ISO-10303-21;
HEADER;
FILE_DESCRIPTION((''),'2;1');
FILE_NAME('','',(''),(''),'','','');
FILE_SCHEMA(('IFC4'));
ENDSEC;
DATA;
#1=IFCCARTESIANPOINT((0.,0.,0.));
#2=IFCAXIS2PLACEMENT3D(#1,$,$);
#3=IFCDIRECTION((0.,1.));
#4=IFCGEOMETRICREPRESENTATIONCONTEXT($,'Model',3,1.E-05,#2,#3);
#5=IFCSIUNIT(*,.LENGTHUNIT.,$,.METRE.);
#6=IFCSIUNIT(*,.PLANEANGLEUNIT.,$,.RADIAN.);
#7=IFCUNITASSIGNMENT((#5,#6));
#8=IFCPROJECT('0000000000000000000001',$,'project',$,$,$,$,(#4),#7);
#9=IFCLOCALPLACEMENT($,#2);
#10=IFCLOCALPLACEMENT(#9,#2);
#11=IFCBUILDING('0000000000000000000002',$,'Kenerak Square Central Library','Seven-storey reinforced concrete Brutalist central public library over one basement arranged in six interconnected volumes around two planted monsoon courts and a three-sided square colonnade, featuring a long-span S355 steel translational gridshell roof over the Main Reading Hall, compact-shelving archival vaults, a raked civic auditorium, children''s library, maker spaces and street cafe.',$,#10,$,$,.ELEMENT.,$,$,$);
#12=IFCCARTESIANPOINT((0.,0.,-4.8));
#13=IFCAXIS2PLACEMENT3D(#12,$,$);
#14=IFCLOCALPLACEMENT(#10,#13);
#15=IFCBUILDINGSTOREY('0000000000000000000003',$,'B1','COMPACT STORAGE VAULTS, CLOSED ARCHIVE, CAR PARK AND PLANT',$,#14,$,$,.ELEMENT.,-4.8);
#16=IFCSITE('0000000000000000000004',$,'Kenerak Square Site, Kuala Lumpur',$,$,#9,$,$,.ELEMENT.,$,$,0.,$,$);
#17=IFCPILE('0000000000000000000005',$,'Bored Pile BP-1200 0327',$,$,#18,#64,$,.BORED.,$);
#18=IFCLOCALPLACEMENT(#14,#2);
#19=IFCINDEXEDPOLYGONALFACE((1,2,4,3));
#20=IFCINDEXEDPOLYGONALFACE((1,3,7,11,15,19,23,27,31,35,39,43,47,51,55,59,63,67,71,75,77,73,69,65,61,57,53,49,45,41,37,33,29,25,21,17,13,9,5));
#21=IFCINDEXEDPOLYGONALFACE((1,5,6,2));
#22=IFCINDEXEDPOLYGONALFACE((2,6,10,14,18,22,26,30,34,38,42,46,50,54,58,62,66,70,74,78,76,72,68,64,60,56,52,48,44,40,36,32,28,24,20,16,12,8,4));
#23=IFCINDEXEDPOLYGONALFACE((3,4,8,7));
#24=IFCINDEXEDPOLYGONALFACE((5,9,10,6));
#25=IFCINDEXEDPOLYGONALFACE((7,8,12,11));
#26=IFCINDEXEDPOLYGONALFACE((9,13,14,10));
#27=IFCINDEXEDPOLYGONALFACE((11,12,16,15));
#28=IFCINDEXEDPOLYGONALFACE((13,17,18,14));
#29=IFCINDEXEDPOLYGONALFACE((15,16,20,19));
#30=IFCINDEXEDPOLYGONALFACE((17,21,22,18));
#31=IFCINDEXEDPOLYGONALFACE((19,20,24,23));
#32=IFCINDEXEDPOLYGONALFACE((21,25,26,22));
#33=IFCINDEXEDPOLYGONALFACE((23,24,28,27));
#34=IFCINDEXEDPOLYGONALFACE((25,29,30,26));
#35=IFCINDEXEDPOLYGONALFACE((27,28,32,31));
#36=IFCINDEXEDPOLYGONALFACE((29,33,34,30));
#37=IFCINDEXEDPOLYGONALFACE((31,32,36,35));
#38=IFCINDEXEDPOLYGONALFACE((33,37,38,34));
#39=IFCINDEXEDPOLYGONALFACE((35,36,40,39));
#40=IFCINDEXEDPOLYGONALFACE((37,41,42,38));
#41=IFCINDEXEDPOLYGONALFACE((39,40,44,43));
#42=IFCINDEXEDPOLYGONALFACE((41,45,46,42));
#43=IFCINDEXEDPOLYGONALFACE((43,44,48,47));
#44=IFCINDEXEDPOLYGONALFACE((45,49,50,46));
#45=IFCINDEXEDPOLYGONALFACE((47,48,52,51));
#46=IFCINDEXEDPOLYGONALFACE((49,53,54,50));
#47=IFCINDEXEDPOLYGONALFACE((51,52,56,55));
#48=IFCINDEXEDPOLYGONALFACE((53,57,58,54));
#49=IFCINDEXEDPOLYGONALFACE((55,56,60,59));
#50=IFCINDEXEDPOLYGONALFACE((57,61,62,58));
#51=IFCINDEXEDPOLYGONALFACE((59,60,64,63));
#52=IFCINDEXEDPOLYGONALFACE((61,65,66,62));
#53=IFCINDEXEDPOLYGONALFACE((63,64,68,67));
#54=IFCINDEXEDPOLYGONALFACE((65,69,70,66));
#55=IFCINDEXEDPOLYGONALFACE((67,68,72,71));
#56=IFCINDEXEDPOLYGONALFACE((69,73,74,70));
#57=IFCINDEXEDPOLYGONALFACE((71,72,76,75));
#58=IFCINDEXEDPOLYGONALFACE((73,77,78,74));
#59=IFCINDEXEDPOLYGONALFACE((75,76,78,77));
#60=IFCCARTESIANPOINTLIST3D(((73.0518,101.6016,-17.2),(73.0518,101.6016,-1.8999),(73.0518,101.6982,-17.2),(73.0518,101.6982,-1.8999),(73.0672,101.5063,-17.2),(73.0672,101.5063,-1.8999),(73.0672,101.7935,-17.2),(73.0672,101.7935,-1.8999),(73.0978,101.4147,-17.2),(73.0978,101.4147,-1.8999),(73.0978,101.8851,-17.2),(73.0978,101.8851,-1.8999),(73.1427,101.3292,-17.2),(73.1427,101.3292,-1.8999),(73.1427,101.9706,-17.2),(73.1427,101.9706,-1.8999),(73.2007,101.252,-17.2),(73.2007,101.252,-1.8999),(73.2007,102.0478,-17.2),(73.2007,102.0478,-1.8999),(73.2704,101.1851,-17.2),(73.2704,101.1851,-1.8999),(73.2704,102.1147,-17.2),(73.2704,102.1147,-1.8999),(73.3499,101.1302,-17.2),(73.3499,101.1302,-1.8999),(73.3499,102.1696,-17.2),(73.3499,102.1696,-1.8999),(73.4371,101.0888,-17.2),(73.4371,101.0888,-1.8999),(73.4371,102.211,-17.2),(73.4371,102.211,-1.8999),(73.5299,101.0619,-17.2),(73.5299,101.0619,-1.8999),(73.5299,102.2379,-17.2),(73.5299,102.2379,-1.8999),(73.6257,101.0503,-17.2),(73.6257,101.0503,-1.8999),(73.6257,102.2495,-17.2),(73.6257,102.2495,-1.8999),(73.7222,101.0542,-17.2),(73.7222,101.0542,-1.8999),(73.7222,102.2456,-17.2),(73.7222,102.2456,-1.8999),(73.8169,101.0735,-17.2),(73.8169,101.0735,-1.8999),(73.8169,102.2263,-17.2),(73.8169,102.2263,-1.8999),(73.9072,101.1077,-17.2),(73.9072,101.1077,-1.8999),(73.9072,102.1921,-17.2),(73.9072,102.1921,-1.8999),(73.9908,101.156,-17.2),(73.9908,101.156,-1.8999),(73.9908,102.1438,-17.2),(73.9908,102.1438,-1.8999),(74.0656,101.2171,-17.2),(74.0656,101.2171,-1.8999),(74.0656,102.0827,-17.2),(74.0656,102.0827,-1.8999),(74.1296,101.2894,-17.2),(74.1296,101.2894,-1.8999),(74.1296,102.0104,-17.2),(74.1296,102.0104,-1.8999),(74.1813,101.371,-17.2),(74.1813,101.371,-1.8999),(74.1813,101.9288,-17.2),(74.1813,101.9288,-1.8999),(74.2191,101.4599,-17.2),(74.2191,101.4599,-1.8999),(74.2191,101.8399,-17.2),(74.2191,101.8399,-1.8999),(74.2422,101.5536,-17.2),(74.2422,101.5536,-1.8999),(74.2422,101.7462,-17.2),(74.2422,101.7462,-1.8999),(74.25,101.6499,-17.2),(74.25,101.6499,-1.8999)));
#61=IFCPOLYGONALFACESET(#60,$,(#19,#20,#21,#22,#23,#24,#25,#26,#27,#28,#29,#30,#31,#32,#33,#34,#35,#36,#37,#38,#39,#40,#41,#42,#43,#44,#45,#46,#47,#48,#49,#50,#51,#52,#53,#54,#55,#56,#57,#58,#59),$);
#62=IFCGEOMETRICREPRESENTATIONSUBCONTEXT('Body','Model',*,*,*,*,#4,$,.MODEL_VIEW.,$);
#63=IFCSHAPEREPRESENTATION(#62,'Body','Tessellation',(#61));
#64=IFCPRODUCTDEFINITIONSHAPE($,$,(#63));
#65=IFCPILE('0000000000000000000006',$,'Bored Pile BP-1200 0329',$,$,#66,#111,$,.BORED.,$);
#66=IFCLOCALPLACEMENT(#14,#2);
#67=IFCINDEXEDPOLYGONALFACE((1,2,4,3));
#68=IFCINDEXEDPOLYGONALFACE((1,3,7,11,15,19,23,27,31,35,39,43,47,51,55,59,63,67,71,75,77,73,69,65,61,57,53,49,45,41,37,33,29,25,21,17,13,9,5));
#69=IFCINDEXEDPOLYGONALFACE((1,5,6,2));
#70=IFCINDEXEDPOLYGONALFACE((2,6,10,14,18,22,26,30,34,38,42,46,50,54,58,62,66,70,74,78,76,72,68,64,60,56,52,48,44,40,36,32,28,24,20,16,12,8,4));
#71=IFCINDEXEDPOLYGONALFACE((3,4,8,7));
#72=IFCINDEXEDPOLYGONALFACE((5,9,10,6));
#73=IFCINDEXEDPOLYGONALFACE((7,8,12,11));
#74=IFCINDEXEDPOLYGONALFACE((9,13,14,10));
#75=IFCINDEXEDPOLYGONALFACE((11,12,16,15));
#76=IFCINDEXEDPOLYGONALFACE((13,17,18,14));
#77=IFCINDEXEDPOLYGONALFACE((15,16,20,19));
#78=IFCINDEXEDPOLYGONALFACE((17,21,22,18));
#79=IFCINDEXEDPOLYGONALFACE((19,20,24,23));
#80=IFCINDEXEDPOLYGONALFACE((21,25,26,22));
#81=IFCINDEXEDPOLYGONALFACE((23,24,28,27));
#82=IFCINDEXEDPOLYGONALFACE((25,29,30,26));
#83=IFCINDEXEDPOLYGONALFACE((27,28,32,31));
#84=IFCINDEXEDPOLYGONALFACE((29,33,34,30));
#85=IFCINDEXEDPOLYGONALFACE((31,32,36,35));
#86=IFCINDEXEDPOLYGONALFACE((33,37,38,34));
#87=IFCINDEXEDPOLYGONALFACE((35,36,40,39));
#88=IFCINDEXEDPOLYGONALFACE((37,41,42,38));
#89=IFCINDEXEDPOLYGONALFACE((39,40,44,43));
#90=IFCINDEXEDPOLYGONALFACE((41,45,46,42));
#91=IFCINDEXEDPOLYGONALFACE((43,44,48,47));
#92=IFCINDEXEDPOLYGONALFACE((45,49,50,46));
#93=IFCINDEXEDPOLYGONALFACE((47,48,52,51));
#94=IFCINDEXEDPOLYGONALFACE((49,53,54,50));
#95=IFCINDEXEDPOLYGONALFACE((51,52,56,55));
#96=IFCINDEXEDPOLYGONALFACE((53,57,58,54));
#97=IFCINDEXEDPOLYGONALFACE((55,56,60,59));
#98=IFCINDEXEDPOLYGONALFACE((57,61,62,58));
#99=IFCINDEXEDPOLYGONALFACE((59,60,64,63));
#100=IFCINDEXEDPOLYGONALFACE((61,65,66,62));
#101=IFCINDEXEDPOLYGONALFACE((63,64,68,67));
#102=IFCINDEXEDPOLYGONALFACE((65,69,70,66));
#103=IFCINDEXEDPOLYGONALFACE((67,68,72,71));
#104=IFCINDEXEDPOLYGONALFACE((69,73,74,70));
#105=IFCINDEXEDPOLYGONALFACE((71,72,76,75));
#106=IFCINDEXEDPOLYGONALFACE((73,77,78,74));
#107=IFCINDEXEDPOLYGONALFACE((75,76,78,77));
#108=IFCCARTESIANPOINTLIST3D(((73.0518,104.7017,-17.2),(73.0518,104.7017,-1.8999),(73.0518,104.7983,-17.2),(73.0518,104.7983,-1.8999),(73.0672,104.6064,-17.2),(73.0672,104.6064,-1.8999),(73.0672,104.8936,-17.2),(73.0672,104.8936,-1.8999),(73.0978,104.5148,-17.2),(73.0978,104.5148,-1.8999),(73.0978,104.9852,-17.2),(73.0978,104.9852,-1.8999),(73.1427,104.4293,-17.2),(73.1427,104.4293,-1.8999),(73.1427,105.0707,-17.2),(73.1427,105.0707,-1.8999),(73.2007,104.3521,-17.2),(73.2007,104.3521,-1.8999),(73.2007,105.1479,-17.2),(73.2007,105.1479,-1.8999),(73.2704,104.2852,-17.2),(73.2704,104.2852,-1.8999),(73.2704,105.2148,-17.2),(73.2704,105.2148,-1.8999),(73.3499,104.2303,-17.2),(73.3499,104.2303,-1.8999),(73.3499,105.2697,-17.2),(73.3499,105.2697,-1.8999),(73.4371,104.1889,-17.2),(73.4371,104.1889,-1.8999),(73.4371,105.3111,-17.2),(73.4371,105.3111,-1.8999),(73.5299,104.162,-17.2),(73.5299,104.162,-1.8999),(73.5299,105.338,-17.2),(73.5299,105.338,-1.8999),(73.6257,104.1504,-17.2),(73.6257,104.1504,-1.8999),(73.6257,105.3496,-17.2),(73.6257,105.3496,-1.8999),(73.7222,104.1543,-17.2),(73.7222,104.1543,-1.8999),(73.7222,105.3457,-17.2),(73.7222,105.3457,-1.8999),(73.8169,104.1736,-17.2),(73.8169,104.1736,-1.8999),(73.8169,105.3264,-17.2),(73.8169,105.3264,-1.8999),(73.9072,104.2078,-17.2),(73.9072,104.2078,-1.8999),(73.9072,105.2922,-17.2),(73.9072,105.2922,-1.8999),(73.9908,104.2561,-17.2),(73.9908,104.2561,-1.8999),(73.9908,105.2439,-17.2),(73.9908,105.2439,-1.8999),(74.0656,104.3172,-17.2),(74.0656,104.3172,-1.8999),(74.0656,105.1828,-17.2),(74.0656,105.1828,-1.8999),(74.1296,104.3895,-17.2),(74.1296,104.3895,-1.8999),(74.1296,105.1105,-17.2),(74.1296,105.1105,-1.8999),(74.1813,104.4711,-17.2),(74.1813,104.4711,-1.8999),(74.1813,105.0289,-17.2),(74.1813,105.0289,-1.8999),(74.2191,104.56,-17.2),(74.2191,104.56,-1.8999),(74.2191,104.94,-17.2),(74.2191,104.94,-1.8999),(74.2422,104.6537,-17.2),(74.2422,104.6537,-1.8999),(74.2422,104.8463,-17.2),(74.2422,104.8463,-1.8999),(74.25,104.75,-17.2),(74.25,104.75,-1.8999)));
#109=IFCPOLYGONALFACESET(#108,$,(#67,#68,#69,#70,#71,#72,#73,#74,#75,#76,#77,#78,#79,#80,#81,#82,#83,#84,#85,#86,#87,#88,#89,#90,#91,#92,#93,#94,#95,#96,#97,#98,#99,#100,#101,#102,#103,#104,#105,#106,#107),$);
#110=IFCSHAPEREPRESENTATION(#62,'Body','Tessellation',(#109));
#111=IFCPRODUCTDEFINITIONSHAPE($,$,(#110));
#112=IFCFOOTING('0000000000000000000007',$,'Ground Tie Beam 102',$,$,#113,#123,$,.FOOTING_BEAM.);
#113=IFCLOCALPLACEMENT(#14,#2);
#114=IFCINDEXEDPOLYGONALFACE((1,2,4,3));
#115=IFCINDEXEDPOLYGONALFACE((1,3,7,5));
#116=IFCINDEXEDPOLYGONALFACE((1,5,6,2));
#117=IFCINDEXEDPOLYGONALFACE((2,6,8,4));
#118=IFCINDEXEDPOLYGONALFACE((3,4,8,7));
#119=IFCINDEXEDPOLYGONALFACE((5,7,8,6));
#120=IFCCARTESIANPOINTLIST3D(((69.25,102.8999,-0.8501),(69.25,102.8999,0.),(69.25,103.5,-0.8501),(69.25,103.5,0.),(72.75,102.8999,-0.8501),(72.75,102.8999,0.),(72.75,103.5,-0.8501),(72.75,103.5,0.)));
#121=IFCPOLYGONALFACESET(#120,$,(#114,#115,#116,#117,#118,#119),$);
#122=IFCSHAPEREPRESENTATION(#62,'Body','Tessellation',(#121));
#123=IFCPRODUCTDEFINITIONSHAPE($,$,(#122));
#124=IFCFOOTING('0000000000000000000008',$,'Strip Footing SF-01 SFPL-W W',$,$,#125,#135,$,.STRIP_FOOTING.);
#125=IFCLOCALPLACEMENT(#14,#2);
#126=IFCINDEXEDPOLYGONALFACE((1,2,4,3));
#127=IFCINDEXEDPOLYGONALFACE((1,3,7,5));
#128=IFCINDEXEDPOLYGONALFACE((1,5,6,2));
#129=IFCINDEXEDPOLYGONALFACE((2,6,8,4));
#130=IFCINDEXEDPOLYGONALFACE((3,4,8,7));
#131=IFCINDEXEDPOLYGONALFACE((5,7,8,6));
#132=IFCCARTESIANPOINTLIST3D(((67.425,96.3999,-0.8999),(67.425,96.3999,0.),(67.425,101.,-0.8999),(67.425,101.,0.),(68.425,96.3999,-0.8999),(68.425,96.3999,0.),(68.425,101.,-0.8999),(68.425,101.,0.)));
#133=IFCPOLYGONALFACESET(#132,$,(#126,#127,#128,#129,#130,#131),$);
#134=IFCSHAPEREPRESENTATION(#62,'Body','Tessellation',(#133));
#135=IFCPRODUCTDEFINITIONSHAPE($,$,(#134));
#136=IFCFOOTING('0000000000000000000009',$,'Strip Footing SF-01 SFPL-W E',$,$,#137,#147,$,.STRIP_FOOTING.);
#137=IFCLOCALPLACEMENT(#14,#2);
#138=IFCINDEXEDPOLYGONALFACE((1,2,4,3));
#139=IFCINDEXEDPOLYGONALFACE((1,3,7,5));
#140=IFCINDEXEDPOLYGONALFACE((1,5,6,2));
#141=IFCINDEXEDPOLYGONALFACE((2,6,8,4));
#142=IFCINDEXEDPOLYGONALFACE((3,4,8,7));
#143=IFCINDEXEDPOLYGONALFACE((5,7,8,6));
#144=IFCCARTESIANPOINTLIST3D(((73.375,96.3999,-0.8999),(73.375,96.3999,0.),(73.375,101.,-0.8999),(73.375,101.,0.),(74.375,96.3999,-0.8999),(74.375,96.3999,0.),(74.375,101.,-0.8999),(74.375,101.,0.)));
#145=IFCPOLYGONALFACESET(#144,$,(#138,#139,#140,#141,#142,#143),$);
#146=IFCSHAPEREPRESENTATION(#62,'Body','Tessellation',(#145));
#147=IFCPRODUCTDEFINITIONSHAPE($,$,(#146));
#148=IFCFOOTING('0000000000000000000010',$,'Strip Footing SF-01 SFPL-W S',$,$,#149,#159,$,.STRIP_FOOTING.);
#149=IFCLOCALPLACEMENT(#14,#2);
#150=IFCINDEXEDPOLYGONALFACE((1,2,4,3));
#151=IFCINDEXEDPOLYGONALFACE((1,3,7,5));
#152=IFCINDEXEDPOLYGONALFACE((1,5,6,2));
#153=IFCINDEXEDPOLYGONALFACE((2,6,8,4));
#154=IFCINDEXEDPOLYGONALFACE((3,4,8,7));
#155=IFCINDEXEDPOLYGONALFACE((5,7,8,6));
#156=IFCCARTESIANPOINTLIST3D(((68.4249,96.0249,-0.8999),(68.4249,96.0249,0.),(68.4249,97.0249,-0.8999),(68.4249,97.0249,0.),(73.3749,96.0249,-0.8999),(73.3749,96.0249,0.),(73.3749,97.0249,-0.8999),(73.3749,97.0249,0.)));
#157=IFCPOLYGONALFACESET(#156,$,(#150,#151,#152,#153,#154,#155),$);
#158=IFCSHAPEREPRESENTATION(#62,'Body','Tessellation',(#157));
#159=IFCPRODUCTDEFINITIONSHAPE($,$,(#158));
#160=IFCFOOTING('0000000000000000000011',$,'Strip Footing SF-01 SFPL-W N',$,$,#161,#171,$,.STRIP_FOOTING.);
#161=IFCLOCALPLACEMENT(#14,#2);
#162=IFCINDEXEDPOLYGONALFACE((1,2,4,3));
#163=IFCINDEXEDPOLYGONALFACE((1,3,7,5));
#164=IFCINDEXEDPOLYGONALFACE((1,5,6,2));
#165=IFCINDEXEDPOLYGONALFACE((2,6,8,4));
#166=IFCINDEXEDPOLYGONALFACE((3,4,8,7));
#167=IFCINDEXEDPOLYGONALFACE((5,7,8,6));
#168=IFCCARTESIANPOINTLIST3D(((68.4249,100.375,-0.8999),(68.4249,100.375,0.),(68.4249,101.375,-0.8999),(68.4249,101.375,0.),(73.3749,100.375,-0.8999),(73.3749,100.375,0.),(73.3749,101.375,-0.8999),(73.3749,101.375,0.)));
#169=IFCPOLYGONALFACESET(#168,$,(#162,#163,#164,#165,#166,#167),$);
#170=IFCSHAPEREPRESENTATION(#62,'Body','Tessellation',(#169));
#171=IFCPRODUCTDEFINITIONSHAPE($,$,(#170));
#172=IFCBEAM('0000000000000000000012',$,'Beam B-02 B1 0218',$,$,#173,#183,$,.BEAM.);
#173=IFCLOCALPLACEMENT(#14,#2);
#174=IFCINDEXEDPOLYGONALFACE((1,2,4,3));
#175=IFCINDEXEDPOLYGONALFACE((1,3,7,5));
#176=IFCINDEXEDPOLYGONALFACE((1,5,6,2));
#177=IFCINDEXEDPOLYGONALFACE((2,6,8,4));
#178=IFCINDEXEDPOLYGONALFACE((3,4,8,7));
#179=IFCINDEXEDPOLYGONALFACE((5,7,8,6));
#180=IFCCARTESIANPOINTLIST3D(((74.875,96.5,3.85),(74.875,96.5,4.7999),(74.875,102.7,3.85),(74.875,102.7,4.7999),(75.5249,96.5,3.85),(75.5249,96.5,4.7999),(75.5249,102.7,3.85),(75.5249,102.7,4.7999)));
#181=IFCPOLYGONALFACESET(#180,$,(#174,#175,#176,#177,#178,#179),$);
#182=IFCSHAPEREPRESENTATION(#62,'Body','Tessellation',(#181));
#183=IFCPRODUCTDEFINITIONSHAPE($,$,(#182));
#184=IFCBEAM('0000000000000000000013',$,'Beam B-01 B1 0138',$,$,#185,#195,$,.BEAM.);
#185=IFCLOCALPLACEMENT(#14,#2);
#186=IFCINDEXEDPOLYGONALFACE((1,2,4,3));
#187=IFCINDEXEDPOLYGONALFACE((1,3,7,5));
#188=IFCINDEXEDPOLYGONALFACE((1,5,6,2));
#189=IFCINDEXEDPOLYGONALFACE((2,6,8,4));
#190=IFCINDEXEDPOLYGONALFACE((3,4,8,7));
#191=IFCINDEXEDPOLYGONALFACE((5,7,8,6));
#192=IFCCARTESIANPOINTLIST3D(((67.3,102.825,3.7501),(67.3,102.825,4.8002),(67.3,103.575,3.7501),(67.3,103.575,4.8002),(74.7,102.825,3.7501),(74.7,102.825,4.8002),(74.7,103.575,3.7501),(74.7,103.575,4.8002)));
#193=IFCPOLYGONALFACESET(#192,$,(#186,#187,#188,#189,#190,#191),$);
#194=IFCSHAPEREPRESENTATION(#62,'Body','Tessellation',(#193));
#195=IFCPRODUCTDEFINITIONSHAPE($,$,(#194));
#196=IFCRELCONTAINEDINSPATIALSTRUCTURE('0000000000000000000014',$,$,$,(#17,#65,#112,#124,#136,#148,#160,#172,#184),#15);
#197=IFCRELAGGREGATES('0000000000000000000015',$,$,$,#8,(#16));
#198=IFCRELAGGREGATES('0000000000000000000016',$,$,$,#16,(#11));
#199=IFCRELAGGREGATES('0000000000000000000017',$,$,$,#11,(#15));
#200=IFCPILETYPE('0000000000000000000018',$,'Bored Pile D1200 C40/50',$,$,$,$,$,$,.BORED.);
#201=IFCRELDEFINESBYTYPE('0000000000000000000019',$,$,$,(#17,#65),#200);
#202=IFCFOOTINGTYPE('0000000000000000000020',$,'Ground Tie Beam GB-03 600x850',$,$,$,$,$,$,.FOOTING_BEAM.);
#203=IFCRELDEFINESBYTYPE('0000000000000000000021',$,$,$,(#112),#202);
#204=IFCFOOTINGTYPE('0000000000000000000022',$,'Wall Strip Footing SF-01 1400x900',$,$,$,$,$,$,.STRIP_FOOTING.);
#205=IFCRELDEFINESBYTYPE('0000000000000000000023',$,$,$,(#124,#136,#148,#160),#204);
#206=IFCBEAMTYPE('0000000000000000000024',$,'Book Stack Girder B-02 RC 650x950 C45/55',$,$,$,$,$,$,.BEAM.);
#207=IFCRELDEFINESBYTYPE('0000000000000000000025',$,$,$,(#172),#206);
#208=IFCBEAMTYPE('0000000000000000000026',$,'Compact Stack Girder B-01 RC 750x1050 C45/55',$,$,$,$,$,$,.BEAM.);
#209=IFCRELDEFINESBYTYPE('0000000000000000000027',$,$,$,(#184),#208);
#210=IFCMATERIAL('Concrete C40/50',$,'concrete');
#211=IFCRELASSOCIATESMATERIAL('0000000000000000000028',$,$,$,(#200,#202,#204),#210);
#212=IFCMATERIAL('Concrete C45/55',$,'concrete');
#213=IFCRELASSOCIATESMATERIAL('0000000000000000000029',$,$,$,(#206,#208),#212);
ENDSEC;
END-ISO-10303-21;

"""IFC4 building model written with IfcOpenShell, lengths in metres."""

from ifc_helpers import new_model, si_unit, direction, frame, origin, origin_2d, place, context, subcontext, project, spatial, rectangle, circle, extrude, material, material_profile, profile_set, type_object, element, save


model = new_model("IFC4")

# Units and contexts
model_context = context("Model", 3, precision=1e-05, world=origin(), true_north=direction((0.0, 1.0)))
body_context = subcontext(model_context, "Body", "Model", "MODEL_VIEW")
ifc_project = project(units=[si_unit("LENGTHUNIT", "METRE"), si_unit("PLANEANGLEUNIT", "RADIAN")], contexts=[model_context])

# Site, building, storey
site_placement = place(None, origin())
site = spatial("IfcSite", under=ifc_project, at=site_placement, Name="Kenerak Square Site, Kuala Lumpur", CompositionType="ELEMENT", RefElevation=0.0)
building_placement = place(site_placement, origin())
building = spatial("IfcBuilding", under=site, at=building_placement, Name="Kenerak Square Central Library", Description="Seven-storey reinforced concrete Brutalist central public library over one basement arranged in six interconnected volumes around two planted monsoon courts and a three-sided square colonnade, featuring a long-span S355 steel translational gridshell roof over the Main Reading Hall, compact-shelving archival vaults, a raked civic auditorium, children's library, maker spaces and street cafe.", CompositionType="ELEMENT")
storey_placement = place(building_placement, frame((0.0, 0.0, -4.8)))
storey = spatial("IfcBuildingStorey", under=building, at=storey_placement, Name="B1", Description="COMPACT STORAGE VAULTS, CLOSED ARCHIVE, CAR PARK AND PLANT", CompositionType="ELEMENT", Elevation=-4.8)

# Piles
ifc_material_1 = material(Name="Concrete C40/50", Category="concrete")
ifc_material_profile_1 = material_profile(ifc_material_1, circle(Radius=0.6001, at=origin_2d()), Name="BP D1200")
ifc_profile_set_1 = profile_set([ifc_material_profile_1], Name="Concrete C40/50")
pile_type = type_object("IfcPileType", Name="Bored Pile D1200 C40/50", PredefinedType="BORED", material=ifc_profile_set_1)
for number, where, z_axis, x_axis, name in (
    (1, (73.6499, 101.6499, -1.8999), (0.0, 0.0, -1.0), (1.0, 0.0, 0.0), "Bored Pile BP-1200 0327"),
    (2, (73.6499, 104.75, -1.8999), (0.0, 0.0, -1.0), (1.0, 0.0, 0.0), "Bored Pile BP-1200 0329"),
):
    element("IfcPile", number, at=place(storey_placement, frame(where, z_axis=z_axis, x_axis=x_axis)), inside=storey, type_object=pile_type, Name=name, PredefinedType="BORED", context=body_context, shape_type="SweptSolid", body=[
        extrude(circle(Radius=0.6001, at=origin_2d()), origin(), (0.0, 0.0, 1.0), 15.3),
    ])

# Footings
footing_type_1 = type_object("IfcFootingType", Name="Ground Tie Beam GB-03 600x850", PredefinedType="FOOTING_BEAM", material=ifc_material_1)
footing_placement = place(storey_placement, frame((71.0, 103.2, -0.8501), z_axis=(0.0, 0.0, 1.0), x_axis=(1.0, 0.0, 0.0)))
element("IfcFooting", 3, at=footing_placement, inside=storey, type_object=footing_type_1, Name="Ground Tie Beam 102", PredefinedType="FOOTING_BEAM", context=body_context, shape_type="SweptSolid", body=[
    extrude(rectangle(XDim=3.5, YDim=0.6001, at=origin_2d()), origin(), (0.0, 0.0, 1.0), 0.8501),
])
footing_type_2 = type_object("IfcFootingType", Name="Wall Strip Footing SF-01 1400x900", PredefinedType="STRIP_FOOTING", material=ifc_material_1)
for number, where, z_axis, x_axis, name in (
    (4, (67.925, 98.7, -0.8999), (0.0, 0.0, 1.0), (1.0, 0.0, 0.0), "Strip Footing SF-01 SFPL-W W"),
    (5, (73.875, 98.7, -0.8999), (0.0, 0.0, 1.0), (1.0, 0.0, 0.0), "Strip Footing SF-01 SFPL-W E"),
):
    element("IfcFooting", number, at=place(storey_placement, frame(where, z_axis=z_axis, x_axis=x_axis)), inside=storey, type_object=footing_type_2, Name=name, PredefinedType="STRIP_FOOTING", context=body_context, shape_type="SweptSolid", body=[
        extrude(rectangle(XDim=1.0, YDim=4.6001, at=origin_2d()), origin(), (0.0, 0.0, 1.0), 0.8999),
    ])
for number, where, z_axis, x_axis, name in (
    (6, (70.8999, 96.5249, -0.8999), (0.0, 0.0, 1.0), (1.0, 0.0, 0.0), "Strip Footing SF-01 SFPL-W S"),
    (7, (70.8999, 100.875, -0.8999), (0.0, 0.0, 1.0), (1.0, 0.0, 0.0), "Strip Footing SF-01 SFPL-W N"),
):
    element("IfcFooting", number, at=place(storey_placement, frame(where, z_axis=z_axis, x_axis=x_axis)), inside=storey, type_object=footing_type_2, Name=name, PredefinedType="STRIP_FOOTING", context=body_context, shape_type="SweptSolid", body=[
        extrude(rectangle(XDim=4.95, YDim=1.0, at=origin_2d()), origin(), (0.0, 0.0, 1.0), 0.8999),
    ])

# Beams
ifc_material_2 = material(Name="Concrete C45/55", Category="concrete")
ifc_material_profile_2 = material_profile(ifc_material_2, rectangle(XDim=0.6499, YDim=0.95, at=origin_2d()), Name="RC 650x950")
ifc_profile_set_2 = profile_set([ifc_material_profile_2], Name="Concrete C45/55")
beam_type_1 = type_object("IfcBeamType", Name="Book Stack Girder B-02 RC 650x950 C45/55", PredefinedType="BEAM", material=ifc_profile_set_2)
beam_1_placement = place(storey_placement, frame((75.2, 96.5, 4.325), z_axis=(0.0, 1.0, 0.0), x_axis=(-1.0, 0.0, 0.0)))
element("IfcBeam", 8, at=beam_1_placement, inside=storey, type_object=beam_type_1, Name="Beam B-02 B1 0218", PredefinedType="BEAM", context=body_context, shape_type="SweptSolid", body=[
    extrude(rectangle(XDim=0.6499, YDim=0.95, at=origin_2d()), origin(), (0.0, 0.0, 1.0), 6.2),
])
ifc_material_profile_3 = material_profile(ifc_material_2, rectangle(XDim=0.75, YDim=1.05, at=origin_2d()), Name="RC 750x1050")
ifc_profile_set_3 = profile_set([ifc_material_profile_3], Name="Concrete C45/55")
beam_type_2 = type_object("IfcBeamType", Name="Compact Stack Girder B-01 RC 750x1050 C45/55", PredefinedType="BEAM", material=ifc_profile_set_3)
beam_2_placement = place(storey_placement, frame((67.3, 103.2, 4.2751), z_axis=(1.0, 0.0, 0.0), x_axis=(0.0, 1.0, 0.0)))
element("IfcBeam", 9, at=beam_2_placement, inside=storey, type_object=beam_type_2, Name="Beam B-01 B1 0138", PredefinedType="BEAM", context=body_context, shape_type="SweptSolid", body=[
    extrude(rectangle(XDim=0.75, YDim=1.05, at=origin_2d()), origin(), (0.0, 0.0, 1.0), 7.3999),
])

save(model, "model.ifc")
